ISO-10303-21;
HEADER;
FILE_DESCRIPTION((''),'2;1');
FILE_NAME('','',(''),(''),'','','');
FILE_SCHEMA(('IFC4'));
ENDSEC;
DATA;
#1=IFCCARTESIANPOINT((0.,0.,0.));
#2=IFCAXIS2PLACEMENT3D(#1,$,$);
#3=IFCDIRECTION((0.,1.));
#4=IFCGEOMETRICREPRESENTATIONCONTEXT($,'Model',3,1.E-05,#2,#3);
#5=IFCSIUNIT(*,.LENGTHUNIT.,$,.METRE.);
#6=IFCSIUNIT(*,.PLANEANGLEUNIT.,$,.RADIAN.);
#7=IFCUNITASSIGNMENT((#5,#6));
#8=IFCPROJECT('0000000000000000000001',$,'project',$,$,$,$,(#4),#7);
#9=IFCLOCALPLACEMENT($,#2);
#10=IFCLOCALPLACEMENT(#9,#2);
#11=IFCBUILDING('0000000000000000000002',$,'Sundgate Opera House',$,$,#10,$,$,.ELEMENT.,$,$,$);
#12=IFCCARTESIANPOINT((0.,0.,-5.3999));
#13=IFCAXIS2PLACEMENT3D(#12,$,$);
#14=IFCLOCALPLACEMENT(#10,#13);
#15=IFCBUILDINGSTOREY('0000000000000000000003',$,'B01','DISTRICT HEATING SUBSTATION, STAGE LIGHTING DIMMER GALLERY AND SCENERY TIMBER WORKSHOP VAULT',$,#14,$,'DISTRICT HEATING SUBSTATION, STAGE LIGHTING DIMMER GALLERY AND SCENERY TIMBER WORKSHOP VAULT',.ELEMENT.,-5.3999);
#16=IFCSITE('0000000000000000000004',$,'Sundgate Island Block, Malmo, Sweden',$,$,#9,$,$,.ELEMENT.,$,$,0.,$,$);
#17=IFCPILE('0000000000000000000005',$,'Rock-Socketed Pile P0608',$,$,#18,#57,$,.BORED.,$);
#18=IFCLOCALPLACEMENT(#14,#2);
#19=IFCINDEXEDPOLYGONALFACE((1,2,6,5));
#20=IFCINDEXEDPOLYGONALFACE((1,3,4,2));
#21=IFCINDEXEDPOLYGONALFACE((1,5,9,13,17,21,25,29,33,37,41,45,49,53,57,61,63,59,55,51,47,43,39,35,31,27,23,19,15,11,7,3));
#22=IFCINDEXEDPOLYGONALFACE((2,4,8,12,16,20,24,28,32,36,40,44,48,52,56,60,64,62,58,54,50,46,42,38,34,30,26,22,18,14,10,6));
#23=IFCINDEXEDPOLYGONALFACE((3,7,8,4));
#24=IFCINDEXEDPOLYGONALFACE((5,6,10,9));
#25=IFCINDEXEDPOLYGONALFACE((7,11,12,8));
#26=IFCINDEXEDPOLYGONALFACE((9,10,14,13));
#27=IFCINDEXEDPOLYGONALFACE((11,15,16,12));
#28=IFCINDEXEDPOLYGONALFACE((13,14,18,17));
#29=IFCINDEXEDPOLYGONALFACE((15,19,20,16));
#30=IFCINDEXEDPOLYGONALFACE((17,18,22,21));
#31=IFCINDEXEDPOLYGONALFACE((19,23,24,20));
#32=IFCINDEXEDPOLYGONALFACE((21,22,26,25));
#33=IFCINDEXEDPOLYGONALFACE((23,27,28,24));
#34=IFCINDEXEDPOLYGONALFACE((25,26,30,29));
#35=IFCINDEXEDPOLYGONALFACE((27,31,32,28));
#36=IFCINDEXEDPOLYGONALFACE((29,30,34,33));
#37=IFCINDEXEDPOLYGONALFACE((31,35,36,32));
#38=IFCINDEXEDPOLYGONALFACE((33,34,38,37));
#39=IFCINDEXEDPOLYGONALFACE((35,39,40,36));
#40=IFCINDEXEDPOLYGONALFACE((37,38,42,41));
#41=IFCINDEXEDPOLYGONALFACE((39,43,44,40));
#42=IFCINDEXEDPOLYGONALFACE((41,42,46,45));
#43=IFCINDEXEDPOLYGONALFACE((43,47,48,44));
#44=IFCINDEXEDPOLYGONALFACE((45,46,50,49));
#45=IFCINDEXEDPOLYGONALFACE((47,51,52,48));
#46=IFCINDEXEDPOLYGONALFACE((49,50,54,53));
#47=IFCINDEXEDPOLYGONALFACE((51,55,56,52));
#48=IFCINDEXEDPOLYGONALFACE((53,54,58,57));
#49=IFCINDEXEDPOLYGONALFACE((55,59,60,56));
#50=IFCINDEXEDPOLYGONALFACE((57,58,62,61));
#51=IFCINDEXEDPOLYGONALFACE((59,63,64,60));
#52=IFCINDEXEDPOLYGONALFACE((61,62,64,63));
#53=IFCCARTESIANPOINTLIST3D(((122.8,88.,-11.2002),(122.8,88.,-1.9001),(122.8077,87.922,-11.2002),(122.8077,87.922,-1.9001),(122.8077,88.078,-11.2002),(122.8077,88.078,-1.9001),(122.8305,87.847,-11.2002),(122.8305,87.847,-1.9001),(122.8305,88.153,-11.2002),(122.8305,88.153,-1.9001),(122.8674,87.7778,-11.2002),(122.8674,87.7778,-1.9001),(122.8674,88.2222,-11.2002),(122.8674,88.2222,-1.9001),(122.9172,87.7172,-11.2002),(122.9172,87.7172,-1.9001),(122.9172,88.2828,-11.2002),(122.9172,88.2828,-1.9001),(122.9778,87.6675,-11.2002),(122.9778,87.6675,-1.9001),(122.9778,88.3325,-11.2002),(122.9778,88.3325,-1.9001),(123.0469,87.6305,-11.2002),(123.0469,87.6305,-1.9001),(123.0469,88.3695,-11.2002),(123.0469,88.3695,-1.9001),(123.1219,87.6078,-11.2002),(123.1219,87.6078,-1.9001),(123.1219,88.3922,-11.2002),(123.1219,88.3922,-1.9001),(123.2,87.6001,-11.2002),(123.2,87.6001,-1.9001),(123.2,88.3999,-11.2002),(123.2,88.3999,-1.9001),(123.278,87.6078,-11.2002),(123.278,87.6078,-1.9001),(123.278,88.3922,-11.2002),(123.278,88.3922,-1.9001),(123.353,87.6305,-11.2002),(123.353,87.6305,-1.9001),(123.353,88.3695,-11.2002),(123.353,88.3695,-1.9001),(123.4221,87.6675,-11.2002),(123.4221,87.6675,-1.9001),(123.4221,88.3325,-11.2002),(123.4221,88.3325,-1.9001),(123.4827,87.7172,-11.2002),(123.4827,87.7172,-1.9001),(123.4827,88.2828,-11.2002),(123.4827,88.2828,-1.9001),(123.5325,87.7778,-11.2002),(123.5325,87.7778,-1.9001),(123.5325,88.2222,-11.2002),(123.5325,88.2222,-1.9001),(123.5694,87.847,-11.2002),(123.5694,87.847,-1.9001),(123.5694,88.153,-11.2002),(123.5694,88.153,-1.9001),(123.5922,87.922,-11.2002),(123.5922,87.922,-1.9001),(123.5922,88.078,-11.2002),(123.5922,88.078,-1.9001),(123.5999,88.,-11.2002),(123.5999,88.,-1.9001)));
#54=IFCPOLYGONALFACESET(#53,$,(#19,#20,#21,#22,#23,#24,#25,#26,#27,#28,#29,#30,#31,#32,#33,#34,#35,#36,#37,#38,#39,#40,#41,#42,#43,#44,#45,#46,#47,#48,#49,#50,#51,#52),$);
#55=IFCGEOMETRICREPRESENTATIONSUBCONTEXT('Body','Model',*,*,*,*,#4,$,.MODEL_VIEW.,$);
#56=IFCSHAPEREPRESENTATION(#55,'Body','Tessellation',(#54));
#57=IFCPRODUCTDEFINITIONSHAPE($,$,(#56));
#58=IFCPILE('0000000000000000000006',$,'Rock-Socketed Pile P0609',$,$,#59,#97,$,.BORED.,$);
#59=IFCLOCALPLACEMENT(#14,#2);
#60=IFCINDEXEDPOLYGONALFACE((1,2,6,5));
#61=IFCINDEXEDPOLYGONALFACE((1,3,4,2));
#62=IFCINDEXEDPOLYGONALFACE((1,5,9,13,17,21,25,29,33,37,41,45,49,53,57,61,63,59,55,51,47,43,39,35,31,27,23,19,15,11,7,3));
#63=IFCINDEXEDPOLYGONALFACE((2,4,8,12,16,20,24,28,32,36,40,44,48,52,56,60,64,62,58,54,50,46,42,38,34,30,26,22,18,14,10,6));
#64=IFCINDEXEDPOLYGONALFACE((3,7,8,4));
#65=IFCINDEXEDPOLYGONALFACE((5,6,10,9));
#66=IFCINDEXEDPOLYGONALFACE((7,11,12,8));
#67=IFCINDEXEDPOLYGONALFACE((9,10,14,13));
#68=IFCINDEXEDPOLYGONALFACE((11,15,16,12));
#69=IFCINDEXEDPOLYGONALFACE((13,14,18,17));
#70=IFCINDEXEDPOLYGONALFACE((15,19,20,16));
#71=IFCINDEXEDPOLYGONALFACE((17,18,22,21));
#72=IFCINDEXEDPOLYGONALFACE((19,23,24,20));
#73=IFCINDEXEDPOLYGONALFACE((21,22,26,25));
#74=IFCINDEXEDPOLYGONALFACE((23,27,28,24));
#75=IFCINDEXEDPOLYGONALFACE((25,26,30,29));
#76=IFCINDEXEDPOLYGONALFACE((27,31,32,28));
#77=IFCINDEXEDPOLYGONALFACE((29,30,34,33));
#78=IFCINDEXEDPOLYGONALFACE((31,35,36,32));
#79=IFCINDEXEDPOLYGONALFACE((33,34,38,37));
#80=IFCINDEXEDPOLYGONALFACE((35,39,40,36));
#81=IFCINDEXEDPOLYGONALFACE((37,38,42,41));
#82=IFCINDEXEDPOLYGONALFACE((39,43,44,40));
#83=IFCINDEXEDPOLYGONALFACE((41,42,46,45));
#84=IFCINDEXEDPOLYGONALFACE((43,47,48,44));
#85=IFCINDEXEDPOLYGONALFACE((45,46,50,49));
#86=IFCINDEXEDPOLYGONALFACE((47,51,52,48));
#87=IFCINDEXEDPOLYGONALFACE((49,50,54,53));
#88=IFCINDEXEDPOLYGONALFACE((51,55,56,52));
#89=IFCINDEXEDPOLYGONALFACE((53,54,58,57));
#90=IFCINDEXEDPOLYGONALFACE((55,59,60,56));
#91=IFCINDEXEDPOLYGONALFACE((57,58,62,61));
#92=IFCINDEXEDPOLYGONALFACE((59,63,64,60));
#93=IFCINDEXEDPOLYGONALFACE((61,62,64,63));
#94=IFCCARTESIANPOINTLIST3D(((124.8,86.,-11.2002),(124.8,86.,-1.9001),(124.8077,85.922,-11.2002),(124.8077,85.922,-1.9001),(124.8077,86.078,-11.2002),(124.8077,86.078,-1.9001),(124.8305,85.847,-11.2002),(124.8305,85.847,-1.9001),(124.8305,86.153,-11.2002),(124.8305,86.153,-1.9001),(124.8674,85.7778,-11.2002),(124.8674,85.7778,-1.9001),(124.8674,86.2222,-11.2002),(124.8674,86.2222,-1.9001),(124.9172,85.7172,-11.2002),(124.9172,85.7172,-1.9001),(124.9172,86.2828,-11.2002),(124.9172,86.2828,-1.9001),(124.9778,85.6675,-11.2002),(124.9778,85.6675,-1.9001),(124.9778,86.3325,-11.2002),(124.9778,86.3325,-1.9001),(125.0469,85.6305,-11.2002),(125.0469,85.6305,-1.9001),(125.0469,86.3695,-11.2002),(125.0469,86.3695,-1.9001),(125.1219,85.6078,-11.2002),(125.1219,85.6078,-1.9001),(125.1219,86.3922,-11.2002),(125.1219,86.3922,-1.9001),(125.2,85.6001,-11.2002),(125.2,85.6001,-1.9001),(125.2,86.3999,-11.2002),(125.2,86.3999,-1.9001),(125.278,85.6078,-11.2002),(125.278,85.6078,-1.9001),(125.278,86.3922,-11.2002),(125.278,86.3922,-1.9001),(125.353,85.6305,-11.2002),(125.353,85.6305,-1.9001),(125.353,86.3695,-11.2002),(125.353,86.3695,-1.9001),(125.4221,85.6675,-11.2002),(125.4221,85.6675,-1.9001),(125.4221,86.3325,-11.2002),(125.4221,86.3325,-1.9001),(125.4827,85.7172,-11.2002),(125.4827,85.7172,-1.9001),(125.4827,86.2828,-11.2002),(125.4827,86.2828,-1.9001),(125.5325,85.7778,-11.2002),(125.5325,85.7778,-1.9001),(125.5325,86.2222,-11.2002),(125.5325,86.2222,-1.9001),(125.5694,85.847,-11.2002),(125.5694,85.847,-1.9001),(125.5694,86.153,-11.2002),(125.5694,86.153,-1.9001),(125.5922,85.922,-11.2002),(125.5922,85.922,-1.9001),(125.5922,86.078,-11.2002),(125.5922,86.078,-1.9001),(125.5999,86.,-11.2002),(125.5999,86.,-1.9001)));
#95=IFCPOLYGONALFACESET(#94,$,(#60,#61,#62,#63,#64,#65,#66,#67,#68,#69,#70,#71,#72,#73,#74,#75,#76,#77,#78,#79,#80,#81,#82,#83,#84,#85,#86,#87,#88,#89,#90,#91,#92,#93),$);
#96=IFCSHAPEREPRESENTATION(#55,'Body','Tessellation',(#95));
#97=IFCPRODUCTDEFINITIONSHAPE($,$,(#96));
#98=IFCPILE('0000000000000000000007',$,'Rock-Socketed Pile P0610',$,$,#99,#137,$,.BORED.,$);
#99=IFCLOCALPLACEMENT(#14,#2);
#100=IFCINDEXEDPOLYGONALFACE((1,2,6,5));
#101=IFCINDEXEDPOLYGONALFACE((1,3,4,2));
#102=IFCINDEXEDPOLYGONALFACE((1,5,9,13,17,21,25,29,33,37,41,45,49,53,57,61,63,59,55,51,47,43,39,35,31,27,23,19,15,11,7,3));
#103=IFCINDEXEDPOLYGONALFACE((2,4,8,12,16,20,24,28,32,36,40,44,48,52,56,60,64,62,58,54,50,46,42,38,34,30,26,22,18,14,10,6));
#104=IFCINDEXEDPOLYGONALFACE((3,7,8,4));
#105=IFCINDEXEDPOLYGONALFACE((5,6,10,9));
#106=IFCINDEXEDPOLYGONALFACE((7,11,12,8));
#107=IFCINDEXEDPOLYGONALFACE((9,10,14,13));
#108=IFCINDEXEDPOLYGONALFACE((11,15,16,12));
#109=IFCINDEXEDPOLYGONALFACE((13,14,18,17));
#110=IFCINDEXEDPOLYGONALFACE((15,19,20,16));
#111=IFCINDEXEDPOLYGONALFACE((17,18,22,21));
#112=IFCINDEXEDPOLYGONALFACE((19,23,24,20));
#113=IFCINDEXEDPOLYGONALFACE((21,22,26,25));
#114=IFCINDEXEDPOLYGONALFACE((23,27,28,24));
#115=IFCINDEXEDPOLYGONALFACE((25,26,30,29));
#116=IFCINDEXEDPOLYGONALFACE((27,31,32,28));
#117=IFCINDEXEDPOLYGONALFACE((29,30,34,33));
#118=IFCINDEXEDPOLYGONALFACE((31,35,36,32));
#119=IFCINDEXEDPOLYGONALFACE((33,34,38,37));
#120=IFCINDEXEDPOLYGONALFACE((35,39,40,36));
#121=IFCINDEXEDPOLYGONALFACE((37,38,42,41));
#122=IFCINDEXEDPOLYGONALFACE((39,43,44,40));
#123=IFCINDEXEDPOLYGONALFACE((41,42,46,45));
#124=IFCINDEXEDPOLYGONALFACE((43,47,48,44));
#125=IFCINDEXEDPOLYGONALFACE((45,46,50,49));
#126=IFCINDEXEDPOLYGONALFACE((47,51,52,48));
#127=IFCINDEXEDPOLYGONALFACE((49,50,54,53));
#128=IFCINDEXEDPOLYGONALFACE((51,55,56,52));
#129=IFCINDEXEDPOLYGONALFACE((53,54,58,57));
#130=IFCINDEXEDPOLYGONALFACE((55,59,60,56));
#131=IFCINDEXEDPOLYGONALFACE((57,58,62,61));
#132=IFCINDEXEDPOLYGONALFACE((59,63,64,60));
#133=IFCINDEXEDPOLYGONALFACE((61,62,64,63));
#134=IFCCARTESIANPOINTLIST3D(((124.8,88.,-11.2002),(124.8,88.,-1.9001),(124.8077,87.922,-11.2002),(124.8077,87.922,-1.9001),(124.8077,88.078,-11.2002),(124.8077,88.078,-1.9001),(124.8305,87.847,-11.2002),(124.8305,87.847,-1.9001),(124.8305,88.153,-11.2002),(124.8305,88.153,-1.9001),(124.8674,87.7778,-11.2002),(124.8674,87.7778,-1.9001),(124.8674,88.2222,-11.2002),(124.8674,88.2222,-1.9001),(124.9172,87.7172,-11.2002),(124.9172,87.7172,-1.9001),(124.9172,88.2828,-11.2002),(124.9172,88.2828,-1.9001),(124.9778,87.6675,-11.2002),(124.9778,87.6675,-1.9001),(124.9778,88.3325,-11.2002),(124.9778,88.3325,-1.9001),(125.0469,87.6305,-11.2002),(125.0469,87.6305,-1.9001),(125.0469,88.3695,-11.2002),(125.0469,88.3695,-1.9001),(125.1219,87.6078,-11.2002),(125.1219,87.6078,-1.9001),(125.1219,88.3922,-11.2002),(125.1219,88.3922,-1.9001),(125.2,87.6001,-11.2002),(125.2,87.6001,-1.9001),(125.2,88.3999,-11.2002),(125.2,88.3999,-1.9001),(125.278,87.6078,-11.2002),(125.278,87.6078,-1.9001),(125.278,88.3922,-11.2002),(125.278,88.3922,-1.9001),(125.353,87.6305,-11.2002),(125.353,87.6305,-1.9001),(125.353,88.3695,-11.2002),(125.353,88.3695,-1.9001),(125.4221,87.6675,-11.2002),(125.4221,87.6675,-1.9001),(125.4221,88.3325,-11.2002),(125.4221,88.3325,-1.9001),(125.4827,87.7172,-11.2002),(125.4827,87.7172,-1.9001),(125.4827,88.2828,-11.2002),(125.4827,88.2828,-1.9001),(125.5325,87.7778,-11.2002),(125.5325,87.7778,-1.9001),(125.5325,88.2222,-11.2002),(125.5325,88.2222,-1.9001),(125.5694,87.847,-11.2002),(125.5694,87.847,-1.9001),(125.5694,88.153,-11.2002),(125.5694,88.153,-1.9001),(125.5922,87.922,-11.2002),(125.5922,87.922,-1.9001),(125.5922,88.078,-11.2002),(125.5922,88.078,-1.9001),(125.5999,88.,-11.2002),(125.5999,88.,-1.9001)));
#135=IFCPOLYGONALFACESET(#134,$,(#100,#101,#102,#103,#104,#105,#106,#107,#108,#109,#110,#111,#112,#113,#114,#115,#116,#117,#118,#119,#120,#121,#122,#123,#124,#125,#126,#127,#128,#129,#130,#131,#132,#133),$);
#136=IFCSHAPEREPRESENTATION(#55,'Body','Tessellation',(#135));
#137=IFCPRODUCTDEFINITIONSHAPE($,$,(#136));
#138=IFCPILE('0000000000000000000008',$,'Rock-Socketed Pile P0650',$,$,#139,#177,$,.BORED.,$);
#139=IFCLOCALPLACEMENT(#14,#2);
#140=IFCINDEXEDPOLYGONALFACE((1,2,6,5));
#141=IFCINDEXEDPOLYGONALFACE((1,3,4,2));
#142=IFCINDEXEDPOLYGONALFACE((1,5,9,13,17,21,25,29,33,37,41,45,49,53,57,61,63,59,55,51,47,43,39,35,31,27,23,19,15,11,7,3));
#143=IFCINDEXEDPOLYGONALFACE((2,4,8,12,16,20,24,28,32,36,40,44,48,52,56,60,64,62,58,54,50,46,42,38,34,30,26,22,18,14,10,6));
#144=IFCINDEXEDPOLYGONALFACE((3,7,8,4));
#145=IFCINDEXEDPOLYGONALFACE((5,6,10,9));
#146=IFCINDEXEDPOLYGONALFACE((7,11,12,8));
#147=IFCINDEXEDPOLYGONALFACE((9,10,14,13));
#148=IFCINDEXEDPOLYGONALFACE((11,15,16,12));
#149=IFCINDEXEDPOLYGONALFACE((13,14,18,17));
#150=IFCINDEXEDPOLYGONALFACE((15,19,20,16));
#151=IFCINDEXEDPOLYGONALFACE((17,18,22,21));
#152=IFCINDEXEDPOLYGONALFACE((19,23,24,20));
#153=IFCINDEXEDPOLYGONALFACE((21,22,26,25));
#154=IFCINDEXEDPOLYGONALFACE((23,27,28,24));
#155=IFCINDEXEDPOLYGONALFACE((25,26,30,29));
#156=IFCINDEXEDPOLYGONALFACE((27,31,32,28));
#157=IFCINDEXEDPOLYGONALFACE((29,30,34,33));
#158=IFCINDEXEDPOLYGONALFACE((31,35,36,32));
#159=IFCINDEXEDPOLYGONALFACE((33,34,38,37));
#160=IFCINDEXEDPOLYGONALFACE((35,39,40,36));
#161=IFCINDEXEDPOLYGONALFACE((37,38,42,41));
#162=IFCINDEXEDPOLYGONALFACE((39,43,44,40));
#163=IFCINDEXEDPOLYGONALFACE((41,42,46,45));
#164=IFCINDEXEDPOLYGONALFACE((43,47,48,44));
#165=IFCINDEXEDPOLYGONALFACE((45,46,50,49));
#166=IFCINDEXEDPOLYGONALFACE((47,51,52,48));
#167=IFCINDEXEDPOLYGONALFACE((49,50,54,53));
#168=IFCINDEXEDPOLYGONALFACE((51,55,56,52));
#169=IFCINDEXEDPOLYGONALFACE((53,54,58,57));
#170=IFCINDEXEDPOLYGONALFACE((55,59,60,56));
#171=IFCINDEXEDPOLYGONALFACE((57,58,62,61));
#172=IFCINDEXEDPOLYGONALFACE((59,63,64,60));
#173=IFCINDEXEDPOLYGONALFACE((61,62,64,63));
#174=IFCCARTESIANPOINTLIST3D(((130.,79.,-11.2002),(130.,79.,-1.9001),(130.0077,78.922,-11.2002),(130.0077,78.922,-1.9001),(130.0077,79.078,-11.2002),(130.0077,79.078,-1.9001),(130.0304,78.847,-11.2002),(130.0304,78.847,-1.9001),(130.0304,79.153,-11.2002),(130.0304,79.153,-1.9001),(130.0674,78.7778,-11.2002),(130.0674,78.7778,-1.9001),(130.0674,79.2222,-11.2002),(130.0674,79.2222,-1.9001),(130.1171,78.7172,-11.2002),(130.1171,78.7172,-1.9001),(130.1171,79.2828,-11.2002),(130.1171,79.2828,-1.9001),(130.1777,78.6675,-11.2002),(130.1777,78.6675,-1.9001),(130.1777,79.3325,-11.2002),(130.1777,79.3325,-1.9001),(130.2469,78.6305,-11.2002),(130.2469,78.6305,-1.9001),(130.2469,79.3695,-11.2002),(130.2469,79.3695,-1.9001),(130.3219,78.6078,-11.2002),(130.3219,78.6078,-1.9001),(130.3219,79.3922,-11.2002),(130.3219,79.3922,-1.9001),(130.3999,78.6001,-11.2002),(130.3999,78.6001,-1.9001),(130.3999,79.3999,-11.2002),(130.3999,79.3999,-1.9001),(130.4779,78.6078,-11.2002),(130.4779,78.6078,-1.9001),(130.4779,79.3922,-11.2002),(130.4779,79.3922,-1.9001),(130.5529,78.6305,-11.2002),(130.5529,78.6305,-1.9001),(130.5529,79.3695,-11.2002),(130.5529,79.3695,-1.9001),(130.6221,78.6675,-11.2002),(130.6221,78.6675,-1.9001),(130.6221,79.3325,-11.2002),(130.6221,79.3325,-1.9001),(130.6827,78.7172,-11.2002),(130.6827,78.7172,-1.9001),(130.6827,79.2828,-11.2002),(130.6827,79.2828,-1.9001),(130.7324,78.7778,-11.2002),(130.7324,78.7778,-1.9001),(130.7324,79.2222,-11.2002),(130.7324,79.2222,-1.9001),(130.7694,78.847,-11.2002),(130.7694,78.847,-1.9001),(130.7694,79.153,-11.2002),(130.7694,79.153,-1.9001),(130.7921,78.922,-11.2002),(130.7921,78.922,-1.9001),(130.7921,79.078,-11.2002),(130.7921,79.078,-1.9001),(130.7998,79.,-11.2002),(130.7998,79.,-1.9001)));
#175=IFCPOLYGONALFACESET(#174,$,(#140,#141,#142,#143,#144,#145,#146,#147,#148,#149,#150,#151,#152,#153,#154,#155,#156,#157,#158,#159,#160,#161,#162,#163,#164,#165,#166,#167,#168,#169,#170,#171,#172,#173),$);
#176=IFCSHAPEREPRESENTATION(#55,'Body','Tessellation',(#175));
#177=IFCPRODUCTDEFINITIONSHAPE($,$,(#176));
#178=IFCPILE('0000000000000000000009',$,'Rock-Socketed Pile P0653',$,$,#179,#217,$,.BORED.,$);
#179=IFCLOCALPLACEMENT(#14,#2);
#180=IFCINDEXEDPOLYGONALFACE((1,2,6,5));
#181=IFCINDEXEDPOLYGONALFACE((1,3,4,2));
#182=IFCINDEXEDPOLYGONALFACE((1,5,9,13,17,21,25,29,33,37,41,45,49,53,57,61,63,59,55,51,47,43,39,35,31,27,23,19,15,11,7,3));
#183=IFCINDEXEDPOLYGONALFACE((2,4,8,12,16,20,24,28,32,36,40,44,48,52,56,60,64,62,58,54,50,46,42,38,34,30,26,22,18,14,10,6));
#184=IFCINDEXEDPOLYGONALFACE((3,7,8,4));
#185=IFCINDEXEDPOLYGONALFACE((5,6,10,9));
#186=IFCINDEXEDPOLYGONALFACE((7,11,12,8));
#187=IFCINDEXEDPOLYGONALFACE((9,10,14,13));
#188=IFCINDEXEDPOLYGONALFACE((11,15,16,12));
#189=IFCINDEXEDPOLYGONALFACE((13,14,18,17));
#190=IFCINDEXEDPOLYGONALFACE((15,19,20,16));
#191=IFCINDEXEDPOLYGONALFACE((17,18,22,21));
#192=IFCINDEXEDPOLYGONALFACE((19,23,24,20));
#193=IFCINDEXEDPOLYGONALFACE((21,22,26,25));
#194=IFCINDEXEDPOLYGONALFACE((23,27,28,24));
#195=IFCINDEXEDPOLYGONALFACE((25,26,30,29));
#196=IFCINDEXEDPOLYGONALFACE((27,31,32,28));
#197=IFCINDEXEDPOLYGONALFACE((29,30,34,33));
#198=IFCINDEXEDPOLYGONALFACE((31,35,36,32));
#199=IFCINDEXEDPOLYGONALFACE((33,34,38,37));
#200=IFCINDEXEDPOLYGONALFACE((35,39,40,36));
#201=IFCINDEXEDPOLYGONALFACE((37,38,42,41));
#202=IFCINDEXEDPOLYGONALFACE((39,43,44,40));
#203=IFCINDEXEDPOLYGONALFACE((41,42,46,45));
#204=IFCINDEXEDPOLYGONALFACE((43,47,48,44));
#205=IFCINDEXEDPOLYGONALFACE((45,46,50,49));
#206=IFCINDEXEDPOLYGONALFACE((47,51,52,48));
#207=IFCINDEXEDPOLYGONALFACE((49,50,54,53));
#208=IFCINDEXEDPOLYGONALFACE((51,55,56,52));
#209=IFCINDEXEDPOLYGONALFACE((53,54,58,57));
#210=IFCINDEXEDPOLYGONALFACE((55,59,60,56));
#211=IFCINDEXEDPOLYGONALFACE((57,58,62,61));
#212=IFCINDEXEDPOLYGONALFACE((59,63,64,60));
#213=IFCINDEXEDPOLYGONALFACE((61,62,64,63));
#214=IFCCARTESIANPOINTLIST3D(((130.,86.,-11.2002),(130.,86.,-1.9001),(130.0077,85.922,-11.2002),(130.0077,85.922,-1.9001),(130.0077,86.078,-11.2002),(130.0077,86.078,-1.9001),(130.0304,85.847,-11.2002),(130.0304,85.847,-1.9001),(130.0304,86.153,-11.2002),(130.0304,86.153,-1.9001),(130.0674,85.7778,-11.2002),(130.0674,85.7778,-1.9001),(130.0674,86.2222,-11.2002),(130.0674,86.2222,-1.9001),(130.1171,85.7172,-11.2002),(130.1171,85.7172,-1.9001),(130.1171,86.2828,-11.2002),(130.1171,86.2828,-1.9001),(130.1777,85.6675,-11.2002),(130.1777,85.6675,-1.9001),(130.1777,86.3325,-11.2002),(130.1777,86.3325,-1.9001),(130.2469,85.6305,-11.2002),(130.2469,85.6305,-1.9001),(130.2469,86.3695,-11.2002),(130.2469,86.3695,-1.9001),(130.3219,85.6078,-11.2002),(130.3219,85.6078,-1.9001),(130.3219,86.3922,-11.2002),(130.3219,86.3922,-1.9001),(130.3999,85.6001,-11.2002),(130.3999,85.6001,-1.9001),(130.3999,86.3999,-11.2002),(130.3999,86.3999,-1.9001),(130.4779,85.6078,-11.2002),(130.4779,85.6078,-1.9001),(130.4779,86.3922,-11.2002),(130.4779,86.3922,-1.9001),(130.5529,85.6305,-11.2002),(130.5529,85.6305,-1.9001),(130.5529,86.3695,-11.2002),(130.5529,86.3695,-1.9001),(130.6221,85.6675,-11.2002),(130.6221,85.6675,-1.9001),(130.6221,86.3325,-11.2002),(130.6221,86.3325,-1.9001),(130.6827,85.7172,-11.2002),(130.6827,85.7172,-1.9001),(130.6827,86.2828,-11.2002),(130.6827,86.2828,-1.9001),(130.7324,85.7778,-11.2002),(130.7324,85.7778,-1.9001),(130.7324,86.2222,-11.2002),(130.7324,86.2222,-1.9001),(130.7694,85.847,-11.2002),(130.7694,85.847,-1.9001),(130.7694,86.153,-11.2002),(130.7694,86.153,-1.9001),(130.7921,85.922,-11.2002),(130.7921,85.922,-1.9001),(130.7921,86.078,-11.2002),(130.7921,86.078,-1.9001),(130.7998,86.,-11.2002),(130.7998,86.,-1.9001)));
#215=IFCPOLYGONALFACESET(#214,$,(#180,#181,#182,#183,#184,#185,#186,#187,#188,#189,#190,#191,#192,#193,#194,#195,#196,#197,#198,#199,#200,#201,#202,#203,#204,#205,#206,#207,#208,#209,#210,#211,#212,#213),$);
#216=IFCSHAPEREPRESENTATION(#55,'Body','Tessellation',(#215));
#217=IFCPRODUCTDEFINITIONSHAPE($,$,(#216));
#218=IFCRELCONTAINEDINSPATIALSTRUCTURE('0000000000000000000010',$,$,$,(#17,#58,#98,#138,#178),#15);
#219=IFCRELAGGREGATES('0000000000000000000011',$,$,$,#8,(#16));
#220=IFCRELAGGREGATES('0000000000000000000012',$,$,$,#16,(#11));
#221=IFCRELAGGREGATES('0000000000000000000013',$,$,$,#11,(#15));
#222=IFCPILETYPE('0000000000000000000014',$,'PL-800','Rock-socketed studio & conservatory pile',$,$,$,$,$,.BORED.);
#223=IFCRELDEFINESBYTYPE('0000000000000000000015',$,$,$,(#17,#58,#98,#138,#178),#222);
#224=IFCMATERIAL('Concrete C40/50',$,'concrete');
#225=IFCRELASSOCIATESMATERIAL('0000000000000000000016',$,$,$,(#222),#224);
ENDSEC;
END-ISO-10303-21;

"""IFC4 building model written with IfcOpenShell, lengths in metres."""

from ifc_helpers import new_model, si_unit, direction, frame, origin, origin_2d, place, context, subcontext, project, spatial, circle, extrude, material, material_profile, profile_set, type_object, element, save


model = new_model("IFC4")

# Units and contexts
model_context = context("Model", 3, precision=1e-05, world=origin(), true_north=direction((0.0, 1.0)))
body_context = subcontext(model_context, "Body", "Model", "MODEL_VIEW")
ifc_project = project(units=[si_unit("LENGTHUNIT", "METRE"), si_unit("PLANEANGLEUNIT", "RADIAN")], contexts=[model_context])

# Site, building, storey
site_placement = place(None, origin())
site = spatial("IfcSite", under=ifc_project, at=site_placement, Name="Sundgate Island Block, Malmo, Sweden", CompositionType="ELEMENT", RefElevation=0.0)
building_placement = place(site_placement, origin())
building = spatial("IfcBuilding", under=site, at=building_placement, Name="Sundgate Opera House", CompositionType="ELEMENT")
storey_placement = place(building_placement, frame((0.0, 0.0, -5.3999)))
storey = spatial("IfcBuildingStorey", under=building, at=storey_placement, Name="B01", Description="DISTRICT HEATING SUBSTATION, STAGE LIGHTING DIMMER GALLERY AND SCENERY TIMBER WORKSHOP VAULT", LongName="DISTRICT HEATING SUBSTATION, STAGE LIGHTING DIMMER GALLERY AND SCENERY TIMBER WORKSHOP VAULT", CompositionType="ELEMENT", Elevation=-5.3999)

# Piles
ifc_material_1 = material(Name="Concrete C40/50", Category="concrete")
ifc_material_profile_1 = material_profile(ifc_material_1, circle(Radius=0.3999, at=origin_2d()), Name="PILE D800")
ifc_profile_set_1 = profile_set([ifc_material_profile_1], Name="Concrete C40/50")
pile_type = type_object("IfcPileType", Name="PL-800", Description="Rock-socketed studio & conservatory pile", PredefinedType="BORED", material=ifc_profile_set_1)
for number, where, z_axis, x_axis, name in (
    (1, (123.2, 88.0, -1.9001), (0.0, 0.0, -1.0), (1.0, 0.0, 0.0), "Rock-Socketed Pile P0608"),
    (2, (125.2, 86.0, -1.9001), (0.0, 0.0, -1.0), (1.0, 0.0, 0.0), "Rock-Socketed Pile P0609"),
    (3, (125.2, 88.0, -1.9001), (0.0, 0.0, -1.0), (1.0, 0.0, 0.0), "Rock-Socketed Pile P0610"),
    (4, (130.3999, 79.0, -1.9001), (0.0, 0.0, -1.0), (1.0, 0.0, 0.0), "Rock-Socketed Pile P0650"),
    (5, (130.3999, 86.0, -1.9001), (0.0, 0.0, -1.0), (1.0, 0.0, 0.0), "Rock-Socketed Pile P0653"),
):
    element("IfcPile", number, at=place(storey_placement, frame(where, z_axis=z_axis, x_axis=x_axis)), inside=storey, type_object=pile_type, Name=name, PredefinedType="BORED", context=body_context, shape_type="SweptSolid", body=[
        extrude(circle(Radius=0.3999, at=origin_2d()), origin(), (0.0, 0.0, 1.0), 9.3),
    ])

save(model, "model.ifc")
